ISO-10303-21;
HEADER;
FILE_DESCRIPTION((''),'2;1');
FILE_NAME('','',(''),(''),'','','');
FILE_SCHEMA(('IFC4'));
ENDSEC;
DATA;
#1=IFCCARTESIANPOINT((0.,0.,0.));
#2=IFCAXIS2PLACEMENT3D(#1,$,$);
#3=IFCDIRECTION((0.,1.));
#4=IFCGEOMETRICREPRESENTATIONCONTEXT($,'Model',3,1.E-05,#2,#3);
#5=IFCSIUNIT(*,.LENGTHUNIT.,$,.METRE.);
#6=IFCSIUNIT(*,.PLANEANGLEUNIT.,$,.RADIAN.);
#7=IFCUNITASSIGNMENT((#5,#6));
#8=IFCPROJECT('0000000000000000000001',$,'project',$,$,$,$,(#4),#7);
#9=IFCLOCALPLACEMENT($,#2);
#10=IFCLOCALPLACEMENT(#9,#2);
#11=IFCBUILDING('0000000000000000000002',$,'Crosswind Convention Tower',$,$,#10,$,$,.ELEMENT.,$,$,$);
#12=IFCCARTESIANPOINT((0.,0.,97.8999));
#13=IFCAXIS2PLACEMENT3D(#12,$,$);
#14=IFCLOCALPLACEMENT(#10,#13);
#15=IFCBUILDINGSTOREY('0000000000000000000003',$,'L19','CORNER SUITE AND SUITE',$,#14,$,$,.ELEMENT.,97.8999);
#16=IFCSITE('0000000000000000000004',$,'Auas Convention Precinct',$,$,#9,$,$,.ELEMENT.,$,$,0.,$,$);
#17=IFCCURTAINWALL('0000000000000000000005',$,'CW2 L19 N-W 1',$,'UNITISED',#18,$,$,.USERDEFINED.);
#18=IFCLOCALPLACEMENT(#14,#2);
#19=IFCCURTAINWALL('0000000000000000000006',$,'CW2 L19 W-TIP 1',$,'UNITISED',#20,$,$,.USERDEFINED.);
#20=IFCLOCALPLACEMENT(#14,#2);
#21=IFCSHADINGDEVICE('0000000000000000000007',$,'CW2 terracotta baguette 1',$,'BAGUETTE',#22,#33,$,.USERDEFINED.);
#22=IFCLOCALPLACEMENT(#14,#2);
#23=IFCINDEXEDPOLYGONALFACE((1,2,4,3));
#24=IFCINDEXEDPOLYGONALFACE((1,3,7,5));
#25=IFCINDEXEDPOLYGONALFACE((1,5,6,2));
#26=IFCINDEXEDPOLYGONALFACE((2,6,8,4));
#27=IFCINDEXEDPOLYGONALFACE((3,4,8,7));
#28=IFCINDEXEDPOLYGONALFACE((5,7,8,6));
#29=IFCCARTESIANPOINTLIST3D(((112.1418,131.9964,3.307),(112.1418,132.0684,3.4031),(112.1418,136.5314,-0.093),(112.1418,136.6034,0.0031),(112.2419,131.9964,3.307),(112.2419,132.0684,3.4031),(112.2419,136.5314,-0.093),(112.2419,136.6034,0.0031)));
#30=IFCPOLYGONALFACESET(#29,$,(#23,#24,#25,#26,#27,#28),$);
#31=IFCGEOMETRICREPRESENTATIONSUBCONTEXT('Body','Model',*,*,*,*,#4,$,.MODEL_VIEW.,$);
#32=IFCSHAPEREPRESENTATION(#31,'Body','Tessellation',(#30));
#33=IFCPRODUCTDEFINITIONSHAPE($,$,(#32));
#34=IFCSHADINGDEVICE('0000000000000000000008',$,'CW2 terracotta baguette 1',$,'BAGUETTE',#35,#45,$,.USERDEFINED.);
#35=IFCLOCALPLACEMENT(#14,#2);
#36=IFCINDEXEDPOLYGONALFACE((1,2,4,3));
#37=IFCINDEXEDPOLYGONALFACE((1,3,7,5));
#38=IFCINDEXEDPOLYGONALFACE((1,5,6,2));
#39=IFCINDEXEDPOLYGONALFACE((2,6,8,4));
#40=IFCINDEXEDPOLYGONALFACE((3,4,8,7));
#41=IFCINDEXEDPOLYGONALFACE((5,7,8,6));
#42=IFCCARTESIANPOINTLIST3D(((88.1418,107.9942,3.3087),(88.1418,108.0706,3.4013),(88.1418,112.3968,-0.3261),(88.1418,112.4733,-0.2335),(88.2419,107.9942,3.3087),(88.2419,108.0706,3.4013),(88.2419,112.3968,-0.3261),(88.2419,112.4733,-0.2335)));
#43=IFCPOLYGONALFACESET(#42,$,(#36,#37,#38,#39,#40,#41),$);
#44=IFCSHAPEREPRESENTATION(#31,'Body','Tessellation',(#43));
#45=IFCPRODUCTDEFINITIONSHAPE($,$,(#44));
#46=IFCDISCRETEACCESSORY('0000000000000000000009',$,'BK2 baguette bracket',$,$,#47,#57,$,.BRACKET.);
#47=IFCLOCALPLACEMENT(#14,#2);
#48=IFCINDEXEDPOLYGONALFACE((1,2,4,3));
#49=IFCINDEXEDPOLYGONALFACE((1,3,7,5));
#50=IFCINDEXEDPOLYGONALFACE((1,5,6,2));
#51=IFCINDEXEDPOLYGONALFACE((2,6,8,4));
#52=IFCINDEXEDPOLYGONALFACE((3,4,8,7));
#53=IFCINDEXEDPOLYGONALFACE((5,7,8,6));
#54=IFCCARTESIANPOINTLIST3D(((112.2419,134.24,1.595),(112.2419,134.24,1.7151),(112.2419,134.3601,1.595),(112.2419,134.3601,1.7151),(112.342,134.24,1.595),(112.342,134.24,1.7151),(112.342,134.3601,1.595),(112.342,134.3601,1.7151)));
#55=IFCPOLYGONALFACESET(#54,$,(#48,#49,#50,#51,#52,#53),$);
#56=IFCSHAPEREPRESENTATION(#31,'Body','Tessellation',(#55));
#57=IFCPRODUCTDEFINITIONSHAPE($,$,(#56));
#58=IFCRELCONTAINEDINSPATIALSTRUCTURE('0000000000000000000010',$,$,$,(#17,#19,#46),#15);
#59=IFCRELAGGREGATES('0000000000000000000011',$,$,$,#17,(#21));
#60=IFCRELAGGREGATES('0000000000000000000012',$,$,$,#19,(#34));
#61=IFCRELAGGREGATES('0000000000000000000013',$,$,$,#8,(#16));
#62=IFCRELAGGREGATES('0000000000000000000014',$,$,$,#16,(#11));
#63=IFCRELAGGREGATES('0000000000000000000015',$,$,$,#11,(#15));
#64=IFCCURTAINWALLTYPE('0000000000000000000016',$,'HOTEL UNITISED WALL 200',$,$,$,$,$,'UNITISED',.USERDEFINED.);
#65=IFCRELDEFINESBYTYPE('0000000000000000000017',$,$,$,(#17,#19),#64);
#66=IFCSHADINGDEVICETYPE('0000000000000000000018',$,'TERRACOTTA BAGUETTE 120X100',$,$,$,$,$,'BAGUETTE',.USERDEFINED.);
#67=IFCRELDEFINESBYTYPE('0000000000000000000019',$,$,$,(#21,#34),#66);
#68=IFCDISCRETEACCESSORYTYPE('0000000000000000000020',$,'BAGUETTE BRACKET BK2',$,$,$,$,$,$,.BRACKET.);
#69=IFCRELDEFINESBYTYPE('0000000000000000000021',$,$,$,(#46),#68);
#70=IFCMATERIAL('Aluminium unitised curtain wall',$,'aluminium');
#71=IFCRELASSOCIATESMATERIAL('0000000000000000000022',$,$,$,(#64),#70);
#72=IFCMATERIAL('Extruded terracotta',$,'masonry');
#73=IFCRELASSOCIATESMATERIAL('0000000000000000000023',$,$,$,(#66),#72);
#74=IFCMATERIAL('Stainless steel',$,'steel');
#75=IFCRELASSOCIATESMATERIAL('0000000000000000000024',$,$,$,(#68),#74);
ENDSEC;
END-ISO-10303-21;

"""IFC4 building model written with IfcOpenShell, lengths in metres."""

from ifc_helpers import new_model, si_unit, direction, frame, origin, origin_2d, place, context, subcontext, project, spatial, rectangle, extrude, material, material_profile, profile_set, type_object, element, aggregate, save


model = new_model("IFC4")

# Units and contexts
model_context = context("Model", 3, precision=1e-05, world=origin(), true_north=direction((0.0, 1.0)))
body_context = subcontext(model_context, "Body", "Model", "MODEL_VIEW")
ifc_project = project(units=[si_unit("LENGTHUNIT", "METRE"), si_unit("PLANEANGLEUNIT", "RADIAN")], contexts=[model_context])

# Site, building, storey
site_placement = place(None, origin())
site = spatial("IfcSite", under=ifc_project, at=site_placement, Name="Auas Convention Precinct", CompositionType="ELEMENT", RefElevation=0.0)
building_placement = place(site_placement, origin())
building = spatial("IfcBuilding", under=site, at=building_placement, Name="Crosswind Convention Tower", CompositionType="ELEMENT")
storey_placement = place(building_placement, frame((0.0, 0.0, 97.8999)))
storey = spatial("IfcBuildingStorey", under=building, at=storey_placement, Name="L19", Description="CORNER SUITE AND SUITE", CompositionType="ELEMENT", Elevation=97.8999)

# Shared definitions
ifc_material_1 = material(Name="Aluminium unitised curtain wall", Category="aluminium")

# Shared definitions
curtain_wall_type_1 = type_object("IfcCurtainWallType", Name="HOTEL UNITISED WALL 200", ElementType="UNITISED", PredefinedType="USERDEFINED", material=ifc_material_1)

# Curtain wall
curtain_wall_1_placement = place(storey_placement, origin())
curtain_wall_1 = element("IfcCurtainWall", 1, at=curtain_wall_1_placement, inside=storey, type_object=curtain_wall_type_1, Name="CW2 L19 N-W 1", ObjectType="UNITISED", PredefinedType="USERDEFINED")

# Curtain wall
curtain_wall_2_placement = place(storey_placement, origin())
curtain_wall_2 = element("IfcCurtainWall", 2, at=curtain_wall_2_placement, inside=storey, type_object=curtain_wall_type_1, Name="CW2 L19 W-TIP 1", ObjectType="UNITISED", PredefinedType="USERDEFINED")

# Shading devices
ifc_material_2 = material(Name="Extruded terracotta", Category="masonry")
ifc_material_profile_1 = material_profile(ifc_material_2, rectangle(XDim=0.1001, YDim=0.1201, at=origin_2d()), Name="TC 100X120")
ifc_profile_set_1 = profile_set([ifc_material_profile_1], Name="Extruded terracotta")
shading_device_type = type_object("IfcShadingDeviceType", Name="TERRACOTTA BAGUETTE 120X100", ElementType="BAGUETTE", PredefinedType="USERDEFINED", material=ifc_profile_set_1)
shading_device_1_placement = place(storey_placement, frame((112.1919, 136.5674, -0.0449), z_axis=(0.0, -0.800109, 0.599855), x_axis=(1.0, 0.0, 0.0)))
shading_device_1 = element("IfcShadingDevice", 3, at=shading_device_1_placement, type_object=shading_device_type, Name="CW2 terracotta baguette 1", ObjectType="BAGUETTE", PredefinedType="USERDEFINED", context=body_context, shape_type="SweptSolid", body=[
    extrude(rectangle(XDim=0.1001, YDim=0.1201, at=origin_2d()), origin(), (0.0, 0.0, 1.0), 5.668),
])
aggregate(curtain_wall_1, [shading_device_1])
shading_device_2_placement = place(storey_placement, frame((88.1919, 112.4351, -0.2798), z_axis=(0.0, -0.771147, 0.636657), x_axis=(1.0, 0.0, 0.0)))
shading_device_2 = element("IfcShadingDevice", 4, at=shading_device_2_placement, type_object=shading_device_type, Name="CW2 terracotta baguette 1", ObjectType="BAGUETTE", PredefinedType="USERDEFINED", context=body_context, shape_type="SweptSolid", body=[
    extrude(rectangle(XDim=0.1001, YDim=0.1201, at=origin_2d()), origin(), (0.0, 0.0, 1.0), 5.7092),
])
aggregate(curtain_wall_2, [shading_device_2])

# Discrete accessory
ifc_material_3 = material(Name="Stainless steel", Category="steel")
discrete_accessory_type = type_object("IfcDiscreteAccessoryType", Name="BAGUETTE BRACKET BK2", PredefinedType="BRACKET", material=ifc_material_3)
discrete_accessory_placement = place(storey_placement, frame((112.292, 134.3, 1.595), z_axis=(0.0, 0.0, 1.0), x_axis=(0.0, -1.0, 0.0)))
element("IfcDiscreteAccessory", 5, at=discrete_accessory_placement, inside=storey, type_object=discrete_accessory_type, Name="BK2 baguette bracket", PredefinedType="BRACKET", context=body_context, shape_type="SweptSolid", body=[
    extrude(rectangle(XDim=0.1201, YDim=0.1001, at=origin_2d()), origin(), (0.0, 0.0, 1.0), 0.1201),
])

save(model, "model.ifc")
